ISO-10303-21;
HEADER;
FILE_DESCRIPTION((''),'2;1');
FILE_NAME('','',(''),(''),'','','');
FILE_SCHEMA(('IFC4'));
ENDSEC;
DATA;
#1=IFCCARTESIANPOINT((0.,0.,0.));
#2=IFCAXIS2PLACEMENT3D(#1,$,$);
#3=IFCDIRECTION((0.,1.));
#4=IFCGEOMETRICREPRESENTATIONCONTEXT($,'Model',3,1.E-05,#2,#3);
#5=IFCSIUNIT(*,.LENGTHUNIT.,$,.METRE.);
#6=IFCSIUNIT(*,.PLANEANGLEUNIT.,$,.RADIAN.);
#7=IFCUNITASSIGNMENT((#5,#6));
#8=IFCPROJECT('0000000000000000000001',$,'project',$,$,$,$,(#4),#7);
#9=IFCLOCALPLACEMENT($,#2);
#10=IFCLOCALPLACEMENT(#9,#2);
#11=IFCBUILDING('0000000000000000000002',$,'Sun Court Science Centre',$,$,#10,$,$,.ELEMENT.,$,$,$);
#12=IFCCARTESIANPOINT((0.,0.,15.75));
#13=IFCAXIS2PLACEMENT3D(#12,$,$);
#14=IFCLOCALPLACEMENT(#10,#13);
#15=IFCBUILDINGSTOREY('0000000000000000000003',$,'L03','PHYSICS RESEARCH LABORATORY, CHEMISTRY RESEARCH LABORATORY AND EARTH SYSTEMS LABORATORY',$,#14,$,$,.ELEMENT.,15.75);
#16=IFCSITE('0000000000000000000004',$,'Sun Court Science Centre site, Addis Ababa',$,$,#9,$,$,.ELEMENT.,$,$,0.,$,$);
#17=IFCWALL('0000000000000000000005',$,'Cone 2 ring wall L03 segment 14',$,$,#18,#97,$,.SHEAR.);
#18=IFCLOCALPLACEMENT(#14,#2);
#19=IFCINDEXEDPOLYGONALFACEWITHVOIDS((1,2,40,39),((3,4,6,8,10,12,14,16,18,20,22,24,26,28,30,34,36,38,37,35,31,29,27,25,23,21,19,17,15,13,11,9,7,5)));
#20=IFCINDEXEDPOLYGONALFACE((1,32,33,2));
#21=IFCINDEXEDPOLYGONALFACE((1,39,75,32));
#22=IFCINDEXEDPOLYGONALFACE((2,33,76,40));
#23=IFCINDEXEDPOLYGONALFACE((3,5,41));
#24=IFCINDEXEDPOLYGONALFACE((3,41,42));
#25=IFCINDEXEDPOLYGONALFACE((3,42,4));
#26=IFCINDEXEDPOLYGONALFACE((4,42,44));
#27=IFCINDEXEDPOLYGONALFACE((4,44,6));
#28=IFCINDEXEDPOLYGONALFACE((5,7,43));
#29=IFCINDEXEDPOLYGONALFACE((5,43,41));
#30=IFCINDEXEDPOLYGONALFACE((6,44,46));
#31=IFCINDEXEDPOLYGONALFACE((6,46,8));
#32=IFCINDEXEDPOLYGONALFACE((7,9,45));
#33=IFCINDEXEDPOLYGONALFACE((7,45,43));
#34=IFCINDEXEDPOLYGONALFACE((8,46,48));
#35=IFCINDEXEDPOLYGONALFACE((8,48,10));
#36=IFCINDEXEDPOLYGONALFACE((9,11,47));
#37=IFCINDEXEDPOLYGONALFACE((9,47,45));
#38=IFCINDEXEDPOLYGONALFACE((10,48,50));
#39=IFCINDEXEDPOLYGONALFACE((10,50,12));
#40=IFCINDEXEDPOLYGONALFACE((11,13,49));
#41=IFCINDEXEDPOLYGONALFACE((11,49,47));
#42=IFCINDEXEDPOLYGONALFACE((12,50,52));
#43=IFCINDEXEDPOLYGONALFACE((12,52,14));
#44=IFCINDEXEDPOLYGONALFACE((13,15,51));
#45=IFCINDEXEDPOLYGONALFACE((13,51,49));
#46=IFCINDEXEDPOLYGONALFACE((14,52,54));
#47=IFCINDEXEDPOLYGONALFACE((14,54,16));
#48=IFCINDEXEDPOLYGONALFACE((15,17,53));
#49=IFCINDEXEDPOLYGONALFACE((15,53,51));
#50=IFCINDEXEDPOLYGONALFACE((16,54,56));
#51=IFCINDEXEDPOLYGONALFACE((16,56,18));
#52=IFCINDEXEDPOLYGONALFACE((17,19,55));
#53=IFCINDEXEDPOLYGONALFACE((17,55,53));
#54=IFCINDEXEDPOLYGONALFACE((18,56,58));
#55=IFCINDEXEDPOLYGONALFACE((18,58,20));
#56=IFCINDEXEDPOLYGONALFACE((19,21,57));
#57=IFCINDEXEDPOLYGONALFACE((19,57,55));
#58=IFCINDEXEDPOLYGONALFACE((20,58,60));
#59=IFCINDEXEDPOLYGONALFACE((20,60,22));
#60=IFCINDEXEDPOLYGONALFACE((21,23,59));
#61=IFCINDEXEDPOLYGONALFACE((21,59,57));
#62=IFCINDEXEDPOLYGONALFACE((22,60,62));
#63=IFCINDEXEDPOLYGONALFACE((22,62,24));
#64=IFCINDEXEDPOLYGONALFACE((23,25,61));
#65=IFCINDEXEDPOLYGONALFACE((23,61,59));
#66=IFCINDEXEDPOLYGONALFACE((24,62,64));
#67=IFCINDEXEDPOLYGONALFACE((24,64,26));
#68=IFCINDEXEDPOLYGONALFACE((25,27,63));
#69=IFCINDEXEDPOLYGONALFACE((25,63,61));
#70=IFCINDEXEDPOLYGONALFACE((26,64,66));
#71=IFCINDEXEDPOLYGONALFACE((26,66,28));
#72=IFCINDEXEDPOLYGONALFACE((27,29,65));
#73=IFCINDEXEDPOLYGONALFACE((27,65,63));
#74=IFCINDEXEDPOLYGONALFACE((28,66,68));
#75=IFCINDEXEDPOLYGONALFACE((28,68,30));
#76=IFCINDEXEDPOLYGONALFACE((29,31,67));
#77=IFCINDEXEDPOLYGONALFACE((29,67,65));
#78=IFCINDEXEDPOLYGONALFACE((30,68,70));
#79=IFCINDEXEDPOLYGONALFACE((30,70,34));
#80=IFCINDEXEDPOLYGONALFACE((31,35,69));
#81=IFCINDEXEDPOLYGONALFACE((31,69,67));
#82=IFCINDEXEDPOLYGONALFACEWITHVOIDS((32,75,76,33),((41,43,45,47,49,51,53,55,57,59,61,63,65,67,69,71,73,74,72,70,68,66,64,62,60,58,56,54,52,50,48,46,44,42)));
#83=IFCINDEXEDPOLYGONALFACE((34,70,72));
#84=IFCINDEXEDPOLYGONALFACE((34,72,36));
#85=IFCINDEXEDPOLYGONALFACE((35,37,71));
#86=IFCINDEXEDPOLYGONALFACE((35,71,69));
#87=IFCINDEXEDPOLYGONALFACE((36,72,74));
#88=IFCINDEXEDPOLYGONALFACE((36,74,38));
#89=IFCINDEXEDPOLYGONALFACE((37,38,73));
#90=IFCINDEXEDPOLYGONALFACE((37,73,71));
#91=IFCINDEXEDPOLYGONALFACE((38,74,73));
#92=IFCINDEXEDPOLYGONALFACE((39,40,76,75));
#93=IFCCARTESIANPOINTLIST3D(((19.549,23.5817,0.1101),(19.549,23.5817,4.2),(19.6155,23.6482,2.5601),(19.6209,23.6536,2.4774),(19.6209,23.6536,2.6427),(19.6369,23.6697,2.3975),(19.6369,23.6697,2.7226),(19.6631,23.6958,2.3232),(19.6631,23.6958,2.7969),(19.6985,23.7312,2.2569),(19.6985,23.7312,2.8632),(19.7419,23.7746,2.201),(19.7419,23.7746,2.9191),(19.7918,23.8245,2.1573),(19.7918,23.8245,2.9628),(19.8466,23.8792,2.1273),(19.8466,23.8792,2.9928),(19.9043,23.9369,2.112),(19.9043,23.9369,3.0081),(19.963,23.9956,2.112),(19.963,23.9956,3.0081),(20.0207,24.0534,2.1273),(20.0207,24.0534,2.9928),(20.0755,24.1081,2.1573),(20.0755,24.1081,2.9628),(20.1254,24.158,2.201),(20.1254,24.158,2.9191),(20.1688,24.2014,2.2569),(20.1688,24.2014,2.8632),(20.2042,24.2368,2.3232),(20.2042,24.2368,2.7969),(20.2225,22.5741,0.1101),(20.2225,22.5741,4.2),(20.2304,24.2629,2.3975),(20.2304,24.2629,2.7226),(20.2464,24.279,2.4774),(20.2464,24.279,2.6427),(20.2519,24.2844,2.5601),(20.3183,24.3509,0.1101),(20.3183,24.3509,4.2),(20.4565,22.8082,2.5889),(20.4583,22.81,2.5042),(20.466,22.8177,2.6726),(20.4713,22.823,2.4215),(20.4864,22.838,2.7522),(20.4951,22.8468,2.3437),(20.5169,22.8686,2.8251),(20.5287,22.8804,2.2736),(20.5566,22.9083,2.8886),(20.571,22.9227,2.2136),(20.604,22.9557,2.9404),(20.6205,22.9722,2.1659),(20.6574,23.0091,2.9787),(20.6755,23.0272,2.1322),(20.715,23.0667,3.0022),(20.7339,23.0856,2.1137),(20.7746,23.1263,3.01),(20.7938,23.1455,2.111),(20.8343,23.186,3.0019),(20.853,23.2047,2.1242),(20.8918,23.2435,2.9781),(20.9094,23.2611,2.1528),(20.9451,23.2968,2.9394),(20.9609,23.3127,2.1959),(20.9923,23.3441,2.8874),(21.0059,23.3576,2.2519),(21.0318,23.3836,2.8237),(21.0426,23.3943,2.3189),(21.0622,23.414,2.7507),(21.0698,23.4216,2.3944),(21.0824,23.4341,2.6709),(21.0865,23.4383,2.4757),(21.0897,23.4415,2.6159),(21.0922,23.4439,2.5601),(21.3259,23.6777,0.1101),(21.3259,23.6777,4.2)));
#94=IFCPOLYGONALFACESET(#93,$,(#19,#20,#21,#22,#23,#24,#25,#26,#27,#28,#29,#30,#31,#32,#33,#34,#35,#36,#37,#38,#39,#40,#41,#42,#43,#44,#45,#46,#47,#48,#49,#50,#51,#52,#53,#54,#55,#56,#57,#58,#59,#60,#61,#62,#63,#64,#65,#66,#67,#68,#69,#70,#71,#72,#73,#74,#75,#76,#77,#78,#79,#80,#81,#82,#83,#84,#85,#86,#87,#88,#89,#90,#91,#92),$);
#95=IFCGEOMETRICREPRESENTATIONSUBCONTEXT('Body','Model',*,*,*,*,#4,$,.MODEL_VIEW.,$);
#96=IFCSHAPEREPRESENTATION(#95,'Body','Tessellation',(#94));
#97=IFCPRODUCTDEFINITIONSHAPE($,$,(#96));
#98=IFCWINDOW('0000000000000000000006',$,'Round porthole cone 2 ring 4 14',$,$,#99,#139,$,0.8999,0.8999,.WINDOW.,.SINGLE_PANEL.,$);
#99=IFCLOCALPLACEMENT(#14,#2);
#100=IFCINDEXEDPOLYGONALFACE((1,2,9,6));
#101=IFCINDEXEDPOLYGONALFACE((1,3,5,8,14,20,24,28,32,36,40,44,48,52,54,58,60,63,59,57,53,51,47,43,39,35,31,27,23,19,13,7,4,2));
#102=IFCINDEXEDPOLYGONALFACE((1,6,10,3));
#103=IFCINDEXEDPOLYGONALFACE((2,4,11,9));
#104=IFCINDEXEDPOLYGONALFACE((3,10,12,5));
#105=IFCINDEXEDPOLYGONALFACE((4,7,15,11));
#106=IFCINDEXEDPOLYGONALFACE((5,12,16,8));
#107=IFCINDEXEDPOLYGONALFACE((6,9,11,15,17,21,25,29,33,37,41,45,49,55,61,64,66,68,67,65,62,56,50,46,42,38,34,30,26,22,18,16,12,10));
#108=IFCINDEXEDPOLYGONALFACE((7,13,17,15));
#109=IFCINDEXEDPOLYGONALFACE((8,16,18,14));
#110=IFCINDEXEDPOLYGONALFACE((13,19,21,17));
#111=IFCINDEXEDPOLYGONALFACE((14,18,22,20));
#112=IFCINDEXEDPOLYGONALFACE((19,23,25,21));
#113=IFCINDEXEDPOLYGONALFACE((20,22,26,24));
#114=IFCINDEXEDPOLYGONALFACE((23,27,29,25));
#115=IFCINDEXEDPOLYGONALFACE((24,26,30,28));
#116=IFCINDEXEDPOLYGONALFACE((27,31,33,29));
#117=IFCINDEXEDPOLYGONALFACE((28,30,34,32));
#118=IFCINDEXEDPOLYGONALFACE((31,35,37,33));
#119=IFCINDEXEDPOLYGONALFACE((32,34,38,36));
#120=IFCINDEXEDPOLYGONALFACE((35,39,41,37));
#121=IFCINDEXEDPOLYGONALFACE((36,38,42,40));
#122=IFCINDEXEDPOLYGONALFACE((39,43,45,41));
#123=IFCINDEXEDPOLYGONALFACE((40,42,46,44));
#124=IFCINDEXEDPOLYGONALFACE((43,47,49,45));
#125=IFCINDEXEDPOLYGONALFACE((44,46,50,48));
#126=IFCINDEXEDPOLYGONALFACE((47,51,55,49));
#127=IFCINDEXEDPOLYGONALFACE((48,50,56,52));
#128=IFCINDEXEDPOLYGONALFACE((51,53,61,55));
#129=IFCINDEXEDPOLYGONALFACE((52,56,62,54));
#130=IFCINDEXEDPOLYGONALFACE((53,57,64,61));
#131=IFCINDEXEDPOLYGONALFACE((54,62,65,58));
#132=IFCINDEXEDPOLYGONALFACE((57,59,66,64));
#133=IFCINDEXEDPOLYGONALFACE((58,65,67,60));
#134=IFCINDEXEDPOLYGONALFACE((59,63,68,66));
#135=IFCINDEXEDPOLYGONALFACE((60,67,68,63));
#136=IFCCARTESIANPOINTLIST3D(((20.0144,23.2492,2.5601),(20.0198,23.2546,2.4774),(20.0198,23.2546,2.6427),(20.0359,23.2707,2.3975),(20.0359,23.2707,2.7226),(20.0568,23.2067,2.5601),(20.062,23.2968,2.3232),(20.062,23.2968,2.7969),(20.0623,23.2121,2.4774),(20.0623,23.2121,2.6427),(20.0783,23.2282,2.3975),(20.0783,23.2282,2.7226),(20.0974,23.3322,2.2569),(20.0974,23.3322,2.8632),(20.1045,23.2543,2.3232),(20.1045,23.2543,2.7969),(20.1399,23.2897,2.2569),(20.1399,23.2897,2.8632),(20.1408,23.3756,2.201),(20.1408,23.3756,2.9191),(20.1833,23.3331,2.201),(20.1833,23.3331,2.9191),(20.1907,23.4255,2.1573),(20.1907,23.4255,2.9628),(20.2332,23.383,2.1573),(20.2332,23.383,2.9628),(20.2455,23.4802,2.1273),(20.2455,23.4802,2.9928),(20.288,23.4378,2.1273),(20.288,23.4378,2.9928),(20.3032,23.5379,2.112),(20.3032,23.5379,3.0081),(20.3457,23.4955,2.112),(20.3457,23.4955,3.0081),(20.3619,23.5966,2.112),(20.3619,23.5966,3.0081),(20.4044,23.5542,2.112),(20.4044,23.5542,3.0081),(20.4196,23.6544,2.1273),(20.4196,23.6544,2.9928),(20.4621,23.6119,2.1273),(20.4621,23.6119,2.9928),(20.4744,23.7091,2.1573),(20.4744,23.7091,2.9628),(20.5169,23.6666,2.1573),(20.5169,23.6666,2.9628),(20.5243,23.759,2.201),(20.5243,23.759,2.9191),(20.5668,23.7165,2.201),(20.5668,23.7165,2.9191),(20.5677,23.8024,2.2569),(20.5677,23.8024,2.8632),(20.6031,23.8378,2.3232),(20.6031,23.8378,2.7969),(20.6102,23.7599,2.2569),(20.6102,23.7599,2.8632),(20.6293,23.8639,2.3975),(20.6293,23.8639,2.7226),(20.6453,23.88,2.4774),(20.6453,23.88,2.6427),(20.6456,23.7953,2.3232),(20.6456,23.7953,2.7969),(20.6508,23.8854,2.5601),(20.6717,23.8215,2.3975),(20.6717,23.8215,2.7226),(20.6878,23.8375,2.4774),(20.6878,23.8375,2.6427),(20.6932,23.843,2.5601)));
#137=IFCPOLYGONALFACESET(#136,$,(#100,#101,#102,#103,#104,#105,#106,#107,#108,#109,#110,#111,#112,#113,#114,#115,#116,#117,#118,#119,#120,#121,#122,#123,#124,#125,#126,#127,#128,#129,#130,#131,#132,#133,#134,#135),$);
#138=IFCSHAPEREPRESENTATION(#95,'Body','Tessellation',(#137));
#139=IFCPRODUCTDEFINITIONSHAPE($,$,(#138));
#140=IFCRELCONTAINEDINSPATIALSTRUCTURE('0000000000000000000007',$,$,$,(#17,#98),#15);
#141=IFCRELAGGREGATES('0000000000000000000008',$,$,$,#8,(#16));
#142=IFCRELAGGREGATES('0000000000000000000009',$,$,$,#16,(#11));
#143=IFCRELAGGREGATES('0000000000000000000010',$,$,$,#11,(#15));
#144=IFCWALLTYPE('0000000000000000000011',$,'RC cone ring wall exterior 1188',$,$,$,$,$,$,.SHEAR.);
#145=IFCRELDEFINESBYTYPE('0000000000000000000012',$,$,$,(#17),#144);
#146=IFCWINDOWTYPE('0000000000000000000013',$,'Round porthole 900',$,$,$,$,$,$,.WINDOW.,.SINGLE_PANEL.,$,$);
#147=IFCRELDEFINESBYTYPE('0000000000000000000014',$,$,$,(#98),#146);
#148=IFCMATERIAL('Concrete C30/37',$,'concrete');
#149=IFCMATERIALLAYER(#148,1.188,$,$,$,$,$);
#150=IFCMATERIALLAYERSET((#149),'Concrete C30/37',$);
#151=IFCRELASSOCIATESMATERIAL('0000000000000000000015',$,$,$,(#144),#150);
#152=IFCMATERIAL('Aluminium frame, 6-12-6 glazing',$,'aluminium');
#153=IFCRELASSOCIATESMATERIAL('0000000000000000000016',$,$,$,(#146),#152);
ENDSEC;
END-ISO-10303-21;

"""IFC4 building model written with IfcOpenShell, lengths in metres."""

from ifc_helpers import new_model, si_unit, direction, frame, frame_2d, origin, place, context, subcontext, project, spatial, polyline, circle, outline, extrude, material, layer, layer_set, type_object, element, fill, save


model = new_model("IFC4")

# Units and contexts
model_context = context("Model", 3, precision=1e-05, world=origin(), true_north=direction((0.0, 1.0)))
body_context = subcontext(model_context, "Body", "Model", "MODEL_VIEW")
ifc_project = project(units=[si_unit("LENGTHUNIT", "METRE"), si_unit("PLANEANGLEUNIT", "RADIAN")], contexts=[model_context])

# Site, building, storey
site_placement = place(None, origin())
site = spatial("IfcSite", under=ifc_project, at=site_placement, Name="Sun Court Science Centre site, Addis Ababa", CompositionType="ELEMENT", RefElevation=0.0)
building_placement = place(site_placement, origin())
building = spatial("IfcBuilding", under=site, at=building_placement, Name="Sun Court Science Centre", CompositionType="ELEMENT")
storey_placement = place(building_placement, frame((0.0, 0.0, 15.75)))
storey = spatial("IfcBuildingStorey", under=building, at=storey_placement, Name="L03", Description="PHYSICS RESEARCH LABORATORY, CHEMISTRY RESEARCH LABORATORY AND EARTH SYSTEMS LABORATORY", CompositionType="ELEMENT", Elevation=15.75)

# Wall, opening, window
ifc_material_1 = material(Name="Concrete C30/37", Category="concrete")
ifc_layer_1 = layer(ifc_material_1, 1.188)
ifc_layer_set_1 = layer_set([ifc_layer_1], Name="Concrete C30/37")
wall_type_1 = type_object("IfcWallType", Name="RC cone ring wall exterior 1188", PredefinedType="SHEAR", material=ifc_layer_set_1)
ifc_material_2 = material(Name="Aluminium frame, 6-12-6 glazing", Category="aluminium")
window_type = type_object("IfcWindowType", Name="Round porthole 900", PartitioningType="SINGLE_PANEL", PredefinedType="WINDOW", material=ifc_material_2)
wall_1_placement = place(storey_placement, frame((19.802, 22.9944, 0.1101), z_axis=(0.0, 0.0, 1.0), x_axis=(0.707185, 0.707029, 0.0)))
wall_1 = element("IfcWall", 1, at=wall_1_placement, inside=storey, type_object=wall_type_1, Name="Cone 2 ring wall L03 segment 14", PredefinedType="SHEAR", context=body_context, shape_type="SweptSolid", body=[
    extrude(outline(polyline([(0.0002, -0.5945), (1.5608, -0.5942), (1.3242, 0.5942), (0.2363, 0.5942), (0.0002, -0.5945)])), origin(), (0.0, 0.0, 1.0), 4.0898),
])
opening_1_placement = place(wall_1_placement, frame((0.3303, 0.0, 2.0)))
opening_1 = element("IfcOpeningElement", 2, at=opening_1_placement, cuts=wall_1, PredefinedType="OPENING", context=body_context, shape_type="SweptSolid", body=[
    extrude(circle(Radius=0.45, at=frame_2d((0.45, 0.45))), frame((0.0, 0.6042, 0.0), z_axis=(0.0, -1.0, 0.0), x_axis=(1.0, 0.0, 0.0)), (0.0, 0.0, 1.0), 1.2085),
])
window_1_placement = place(opening_1_placement, origin())
window_1 = element("IfcWindow", 3, at=window_1_placement, inside=storey, type_object=window_type, Name="Round porthole cone 2 ring 4 14", OverallHeight=0.8999, OverallWidth=0.8999, PartitioningType="SINGLE_PANEL", PredefinedType="WINDOW", context=body_context, shape_type="SweptSolid", body=[
    extrude(circle(Radius=0.45, at=frame_2d((0.45, 0.45))), frame((0.0, 0.03, 0.0), z_axis=(0.0, -1.0, 0.0), x_axis=(1.0, 0.0, 0.0)), (0.0, 0.0, 1.0), 0.0601),
])
fill(opening_1, window_1)

save(model, "model.ifc")
